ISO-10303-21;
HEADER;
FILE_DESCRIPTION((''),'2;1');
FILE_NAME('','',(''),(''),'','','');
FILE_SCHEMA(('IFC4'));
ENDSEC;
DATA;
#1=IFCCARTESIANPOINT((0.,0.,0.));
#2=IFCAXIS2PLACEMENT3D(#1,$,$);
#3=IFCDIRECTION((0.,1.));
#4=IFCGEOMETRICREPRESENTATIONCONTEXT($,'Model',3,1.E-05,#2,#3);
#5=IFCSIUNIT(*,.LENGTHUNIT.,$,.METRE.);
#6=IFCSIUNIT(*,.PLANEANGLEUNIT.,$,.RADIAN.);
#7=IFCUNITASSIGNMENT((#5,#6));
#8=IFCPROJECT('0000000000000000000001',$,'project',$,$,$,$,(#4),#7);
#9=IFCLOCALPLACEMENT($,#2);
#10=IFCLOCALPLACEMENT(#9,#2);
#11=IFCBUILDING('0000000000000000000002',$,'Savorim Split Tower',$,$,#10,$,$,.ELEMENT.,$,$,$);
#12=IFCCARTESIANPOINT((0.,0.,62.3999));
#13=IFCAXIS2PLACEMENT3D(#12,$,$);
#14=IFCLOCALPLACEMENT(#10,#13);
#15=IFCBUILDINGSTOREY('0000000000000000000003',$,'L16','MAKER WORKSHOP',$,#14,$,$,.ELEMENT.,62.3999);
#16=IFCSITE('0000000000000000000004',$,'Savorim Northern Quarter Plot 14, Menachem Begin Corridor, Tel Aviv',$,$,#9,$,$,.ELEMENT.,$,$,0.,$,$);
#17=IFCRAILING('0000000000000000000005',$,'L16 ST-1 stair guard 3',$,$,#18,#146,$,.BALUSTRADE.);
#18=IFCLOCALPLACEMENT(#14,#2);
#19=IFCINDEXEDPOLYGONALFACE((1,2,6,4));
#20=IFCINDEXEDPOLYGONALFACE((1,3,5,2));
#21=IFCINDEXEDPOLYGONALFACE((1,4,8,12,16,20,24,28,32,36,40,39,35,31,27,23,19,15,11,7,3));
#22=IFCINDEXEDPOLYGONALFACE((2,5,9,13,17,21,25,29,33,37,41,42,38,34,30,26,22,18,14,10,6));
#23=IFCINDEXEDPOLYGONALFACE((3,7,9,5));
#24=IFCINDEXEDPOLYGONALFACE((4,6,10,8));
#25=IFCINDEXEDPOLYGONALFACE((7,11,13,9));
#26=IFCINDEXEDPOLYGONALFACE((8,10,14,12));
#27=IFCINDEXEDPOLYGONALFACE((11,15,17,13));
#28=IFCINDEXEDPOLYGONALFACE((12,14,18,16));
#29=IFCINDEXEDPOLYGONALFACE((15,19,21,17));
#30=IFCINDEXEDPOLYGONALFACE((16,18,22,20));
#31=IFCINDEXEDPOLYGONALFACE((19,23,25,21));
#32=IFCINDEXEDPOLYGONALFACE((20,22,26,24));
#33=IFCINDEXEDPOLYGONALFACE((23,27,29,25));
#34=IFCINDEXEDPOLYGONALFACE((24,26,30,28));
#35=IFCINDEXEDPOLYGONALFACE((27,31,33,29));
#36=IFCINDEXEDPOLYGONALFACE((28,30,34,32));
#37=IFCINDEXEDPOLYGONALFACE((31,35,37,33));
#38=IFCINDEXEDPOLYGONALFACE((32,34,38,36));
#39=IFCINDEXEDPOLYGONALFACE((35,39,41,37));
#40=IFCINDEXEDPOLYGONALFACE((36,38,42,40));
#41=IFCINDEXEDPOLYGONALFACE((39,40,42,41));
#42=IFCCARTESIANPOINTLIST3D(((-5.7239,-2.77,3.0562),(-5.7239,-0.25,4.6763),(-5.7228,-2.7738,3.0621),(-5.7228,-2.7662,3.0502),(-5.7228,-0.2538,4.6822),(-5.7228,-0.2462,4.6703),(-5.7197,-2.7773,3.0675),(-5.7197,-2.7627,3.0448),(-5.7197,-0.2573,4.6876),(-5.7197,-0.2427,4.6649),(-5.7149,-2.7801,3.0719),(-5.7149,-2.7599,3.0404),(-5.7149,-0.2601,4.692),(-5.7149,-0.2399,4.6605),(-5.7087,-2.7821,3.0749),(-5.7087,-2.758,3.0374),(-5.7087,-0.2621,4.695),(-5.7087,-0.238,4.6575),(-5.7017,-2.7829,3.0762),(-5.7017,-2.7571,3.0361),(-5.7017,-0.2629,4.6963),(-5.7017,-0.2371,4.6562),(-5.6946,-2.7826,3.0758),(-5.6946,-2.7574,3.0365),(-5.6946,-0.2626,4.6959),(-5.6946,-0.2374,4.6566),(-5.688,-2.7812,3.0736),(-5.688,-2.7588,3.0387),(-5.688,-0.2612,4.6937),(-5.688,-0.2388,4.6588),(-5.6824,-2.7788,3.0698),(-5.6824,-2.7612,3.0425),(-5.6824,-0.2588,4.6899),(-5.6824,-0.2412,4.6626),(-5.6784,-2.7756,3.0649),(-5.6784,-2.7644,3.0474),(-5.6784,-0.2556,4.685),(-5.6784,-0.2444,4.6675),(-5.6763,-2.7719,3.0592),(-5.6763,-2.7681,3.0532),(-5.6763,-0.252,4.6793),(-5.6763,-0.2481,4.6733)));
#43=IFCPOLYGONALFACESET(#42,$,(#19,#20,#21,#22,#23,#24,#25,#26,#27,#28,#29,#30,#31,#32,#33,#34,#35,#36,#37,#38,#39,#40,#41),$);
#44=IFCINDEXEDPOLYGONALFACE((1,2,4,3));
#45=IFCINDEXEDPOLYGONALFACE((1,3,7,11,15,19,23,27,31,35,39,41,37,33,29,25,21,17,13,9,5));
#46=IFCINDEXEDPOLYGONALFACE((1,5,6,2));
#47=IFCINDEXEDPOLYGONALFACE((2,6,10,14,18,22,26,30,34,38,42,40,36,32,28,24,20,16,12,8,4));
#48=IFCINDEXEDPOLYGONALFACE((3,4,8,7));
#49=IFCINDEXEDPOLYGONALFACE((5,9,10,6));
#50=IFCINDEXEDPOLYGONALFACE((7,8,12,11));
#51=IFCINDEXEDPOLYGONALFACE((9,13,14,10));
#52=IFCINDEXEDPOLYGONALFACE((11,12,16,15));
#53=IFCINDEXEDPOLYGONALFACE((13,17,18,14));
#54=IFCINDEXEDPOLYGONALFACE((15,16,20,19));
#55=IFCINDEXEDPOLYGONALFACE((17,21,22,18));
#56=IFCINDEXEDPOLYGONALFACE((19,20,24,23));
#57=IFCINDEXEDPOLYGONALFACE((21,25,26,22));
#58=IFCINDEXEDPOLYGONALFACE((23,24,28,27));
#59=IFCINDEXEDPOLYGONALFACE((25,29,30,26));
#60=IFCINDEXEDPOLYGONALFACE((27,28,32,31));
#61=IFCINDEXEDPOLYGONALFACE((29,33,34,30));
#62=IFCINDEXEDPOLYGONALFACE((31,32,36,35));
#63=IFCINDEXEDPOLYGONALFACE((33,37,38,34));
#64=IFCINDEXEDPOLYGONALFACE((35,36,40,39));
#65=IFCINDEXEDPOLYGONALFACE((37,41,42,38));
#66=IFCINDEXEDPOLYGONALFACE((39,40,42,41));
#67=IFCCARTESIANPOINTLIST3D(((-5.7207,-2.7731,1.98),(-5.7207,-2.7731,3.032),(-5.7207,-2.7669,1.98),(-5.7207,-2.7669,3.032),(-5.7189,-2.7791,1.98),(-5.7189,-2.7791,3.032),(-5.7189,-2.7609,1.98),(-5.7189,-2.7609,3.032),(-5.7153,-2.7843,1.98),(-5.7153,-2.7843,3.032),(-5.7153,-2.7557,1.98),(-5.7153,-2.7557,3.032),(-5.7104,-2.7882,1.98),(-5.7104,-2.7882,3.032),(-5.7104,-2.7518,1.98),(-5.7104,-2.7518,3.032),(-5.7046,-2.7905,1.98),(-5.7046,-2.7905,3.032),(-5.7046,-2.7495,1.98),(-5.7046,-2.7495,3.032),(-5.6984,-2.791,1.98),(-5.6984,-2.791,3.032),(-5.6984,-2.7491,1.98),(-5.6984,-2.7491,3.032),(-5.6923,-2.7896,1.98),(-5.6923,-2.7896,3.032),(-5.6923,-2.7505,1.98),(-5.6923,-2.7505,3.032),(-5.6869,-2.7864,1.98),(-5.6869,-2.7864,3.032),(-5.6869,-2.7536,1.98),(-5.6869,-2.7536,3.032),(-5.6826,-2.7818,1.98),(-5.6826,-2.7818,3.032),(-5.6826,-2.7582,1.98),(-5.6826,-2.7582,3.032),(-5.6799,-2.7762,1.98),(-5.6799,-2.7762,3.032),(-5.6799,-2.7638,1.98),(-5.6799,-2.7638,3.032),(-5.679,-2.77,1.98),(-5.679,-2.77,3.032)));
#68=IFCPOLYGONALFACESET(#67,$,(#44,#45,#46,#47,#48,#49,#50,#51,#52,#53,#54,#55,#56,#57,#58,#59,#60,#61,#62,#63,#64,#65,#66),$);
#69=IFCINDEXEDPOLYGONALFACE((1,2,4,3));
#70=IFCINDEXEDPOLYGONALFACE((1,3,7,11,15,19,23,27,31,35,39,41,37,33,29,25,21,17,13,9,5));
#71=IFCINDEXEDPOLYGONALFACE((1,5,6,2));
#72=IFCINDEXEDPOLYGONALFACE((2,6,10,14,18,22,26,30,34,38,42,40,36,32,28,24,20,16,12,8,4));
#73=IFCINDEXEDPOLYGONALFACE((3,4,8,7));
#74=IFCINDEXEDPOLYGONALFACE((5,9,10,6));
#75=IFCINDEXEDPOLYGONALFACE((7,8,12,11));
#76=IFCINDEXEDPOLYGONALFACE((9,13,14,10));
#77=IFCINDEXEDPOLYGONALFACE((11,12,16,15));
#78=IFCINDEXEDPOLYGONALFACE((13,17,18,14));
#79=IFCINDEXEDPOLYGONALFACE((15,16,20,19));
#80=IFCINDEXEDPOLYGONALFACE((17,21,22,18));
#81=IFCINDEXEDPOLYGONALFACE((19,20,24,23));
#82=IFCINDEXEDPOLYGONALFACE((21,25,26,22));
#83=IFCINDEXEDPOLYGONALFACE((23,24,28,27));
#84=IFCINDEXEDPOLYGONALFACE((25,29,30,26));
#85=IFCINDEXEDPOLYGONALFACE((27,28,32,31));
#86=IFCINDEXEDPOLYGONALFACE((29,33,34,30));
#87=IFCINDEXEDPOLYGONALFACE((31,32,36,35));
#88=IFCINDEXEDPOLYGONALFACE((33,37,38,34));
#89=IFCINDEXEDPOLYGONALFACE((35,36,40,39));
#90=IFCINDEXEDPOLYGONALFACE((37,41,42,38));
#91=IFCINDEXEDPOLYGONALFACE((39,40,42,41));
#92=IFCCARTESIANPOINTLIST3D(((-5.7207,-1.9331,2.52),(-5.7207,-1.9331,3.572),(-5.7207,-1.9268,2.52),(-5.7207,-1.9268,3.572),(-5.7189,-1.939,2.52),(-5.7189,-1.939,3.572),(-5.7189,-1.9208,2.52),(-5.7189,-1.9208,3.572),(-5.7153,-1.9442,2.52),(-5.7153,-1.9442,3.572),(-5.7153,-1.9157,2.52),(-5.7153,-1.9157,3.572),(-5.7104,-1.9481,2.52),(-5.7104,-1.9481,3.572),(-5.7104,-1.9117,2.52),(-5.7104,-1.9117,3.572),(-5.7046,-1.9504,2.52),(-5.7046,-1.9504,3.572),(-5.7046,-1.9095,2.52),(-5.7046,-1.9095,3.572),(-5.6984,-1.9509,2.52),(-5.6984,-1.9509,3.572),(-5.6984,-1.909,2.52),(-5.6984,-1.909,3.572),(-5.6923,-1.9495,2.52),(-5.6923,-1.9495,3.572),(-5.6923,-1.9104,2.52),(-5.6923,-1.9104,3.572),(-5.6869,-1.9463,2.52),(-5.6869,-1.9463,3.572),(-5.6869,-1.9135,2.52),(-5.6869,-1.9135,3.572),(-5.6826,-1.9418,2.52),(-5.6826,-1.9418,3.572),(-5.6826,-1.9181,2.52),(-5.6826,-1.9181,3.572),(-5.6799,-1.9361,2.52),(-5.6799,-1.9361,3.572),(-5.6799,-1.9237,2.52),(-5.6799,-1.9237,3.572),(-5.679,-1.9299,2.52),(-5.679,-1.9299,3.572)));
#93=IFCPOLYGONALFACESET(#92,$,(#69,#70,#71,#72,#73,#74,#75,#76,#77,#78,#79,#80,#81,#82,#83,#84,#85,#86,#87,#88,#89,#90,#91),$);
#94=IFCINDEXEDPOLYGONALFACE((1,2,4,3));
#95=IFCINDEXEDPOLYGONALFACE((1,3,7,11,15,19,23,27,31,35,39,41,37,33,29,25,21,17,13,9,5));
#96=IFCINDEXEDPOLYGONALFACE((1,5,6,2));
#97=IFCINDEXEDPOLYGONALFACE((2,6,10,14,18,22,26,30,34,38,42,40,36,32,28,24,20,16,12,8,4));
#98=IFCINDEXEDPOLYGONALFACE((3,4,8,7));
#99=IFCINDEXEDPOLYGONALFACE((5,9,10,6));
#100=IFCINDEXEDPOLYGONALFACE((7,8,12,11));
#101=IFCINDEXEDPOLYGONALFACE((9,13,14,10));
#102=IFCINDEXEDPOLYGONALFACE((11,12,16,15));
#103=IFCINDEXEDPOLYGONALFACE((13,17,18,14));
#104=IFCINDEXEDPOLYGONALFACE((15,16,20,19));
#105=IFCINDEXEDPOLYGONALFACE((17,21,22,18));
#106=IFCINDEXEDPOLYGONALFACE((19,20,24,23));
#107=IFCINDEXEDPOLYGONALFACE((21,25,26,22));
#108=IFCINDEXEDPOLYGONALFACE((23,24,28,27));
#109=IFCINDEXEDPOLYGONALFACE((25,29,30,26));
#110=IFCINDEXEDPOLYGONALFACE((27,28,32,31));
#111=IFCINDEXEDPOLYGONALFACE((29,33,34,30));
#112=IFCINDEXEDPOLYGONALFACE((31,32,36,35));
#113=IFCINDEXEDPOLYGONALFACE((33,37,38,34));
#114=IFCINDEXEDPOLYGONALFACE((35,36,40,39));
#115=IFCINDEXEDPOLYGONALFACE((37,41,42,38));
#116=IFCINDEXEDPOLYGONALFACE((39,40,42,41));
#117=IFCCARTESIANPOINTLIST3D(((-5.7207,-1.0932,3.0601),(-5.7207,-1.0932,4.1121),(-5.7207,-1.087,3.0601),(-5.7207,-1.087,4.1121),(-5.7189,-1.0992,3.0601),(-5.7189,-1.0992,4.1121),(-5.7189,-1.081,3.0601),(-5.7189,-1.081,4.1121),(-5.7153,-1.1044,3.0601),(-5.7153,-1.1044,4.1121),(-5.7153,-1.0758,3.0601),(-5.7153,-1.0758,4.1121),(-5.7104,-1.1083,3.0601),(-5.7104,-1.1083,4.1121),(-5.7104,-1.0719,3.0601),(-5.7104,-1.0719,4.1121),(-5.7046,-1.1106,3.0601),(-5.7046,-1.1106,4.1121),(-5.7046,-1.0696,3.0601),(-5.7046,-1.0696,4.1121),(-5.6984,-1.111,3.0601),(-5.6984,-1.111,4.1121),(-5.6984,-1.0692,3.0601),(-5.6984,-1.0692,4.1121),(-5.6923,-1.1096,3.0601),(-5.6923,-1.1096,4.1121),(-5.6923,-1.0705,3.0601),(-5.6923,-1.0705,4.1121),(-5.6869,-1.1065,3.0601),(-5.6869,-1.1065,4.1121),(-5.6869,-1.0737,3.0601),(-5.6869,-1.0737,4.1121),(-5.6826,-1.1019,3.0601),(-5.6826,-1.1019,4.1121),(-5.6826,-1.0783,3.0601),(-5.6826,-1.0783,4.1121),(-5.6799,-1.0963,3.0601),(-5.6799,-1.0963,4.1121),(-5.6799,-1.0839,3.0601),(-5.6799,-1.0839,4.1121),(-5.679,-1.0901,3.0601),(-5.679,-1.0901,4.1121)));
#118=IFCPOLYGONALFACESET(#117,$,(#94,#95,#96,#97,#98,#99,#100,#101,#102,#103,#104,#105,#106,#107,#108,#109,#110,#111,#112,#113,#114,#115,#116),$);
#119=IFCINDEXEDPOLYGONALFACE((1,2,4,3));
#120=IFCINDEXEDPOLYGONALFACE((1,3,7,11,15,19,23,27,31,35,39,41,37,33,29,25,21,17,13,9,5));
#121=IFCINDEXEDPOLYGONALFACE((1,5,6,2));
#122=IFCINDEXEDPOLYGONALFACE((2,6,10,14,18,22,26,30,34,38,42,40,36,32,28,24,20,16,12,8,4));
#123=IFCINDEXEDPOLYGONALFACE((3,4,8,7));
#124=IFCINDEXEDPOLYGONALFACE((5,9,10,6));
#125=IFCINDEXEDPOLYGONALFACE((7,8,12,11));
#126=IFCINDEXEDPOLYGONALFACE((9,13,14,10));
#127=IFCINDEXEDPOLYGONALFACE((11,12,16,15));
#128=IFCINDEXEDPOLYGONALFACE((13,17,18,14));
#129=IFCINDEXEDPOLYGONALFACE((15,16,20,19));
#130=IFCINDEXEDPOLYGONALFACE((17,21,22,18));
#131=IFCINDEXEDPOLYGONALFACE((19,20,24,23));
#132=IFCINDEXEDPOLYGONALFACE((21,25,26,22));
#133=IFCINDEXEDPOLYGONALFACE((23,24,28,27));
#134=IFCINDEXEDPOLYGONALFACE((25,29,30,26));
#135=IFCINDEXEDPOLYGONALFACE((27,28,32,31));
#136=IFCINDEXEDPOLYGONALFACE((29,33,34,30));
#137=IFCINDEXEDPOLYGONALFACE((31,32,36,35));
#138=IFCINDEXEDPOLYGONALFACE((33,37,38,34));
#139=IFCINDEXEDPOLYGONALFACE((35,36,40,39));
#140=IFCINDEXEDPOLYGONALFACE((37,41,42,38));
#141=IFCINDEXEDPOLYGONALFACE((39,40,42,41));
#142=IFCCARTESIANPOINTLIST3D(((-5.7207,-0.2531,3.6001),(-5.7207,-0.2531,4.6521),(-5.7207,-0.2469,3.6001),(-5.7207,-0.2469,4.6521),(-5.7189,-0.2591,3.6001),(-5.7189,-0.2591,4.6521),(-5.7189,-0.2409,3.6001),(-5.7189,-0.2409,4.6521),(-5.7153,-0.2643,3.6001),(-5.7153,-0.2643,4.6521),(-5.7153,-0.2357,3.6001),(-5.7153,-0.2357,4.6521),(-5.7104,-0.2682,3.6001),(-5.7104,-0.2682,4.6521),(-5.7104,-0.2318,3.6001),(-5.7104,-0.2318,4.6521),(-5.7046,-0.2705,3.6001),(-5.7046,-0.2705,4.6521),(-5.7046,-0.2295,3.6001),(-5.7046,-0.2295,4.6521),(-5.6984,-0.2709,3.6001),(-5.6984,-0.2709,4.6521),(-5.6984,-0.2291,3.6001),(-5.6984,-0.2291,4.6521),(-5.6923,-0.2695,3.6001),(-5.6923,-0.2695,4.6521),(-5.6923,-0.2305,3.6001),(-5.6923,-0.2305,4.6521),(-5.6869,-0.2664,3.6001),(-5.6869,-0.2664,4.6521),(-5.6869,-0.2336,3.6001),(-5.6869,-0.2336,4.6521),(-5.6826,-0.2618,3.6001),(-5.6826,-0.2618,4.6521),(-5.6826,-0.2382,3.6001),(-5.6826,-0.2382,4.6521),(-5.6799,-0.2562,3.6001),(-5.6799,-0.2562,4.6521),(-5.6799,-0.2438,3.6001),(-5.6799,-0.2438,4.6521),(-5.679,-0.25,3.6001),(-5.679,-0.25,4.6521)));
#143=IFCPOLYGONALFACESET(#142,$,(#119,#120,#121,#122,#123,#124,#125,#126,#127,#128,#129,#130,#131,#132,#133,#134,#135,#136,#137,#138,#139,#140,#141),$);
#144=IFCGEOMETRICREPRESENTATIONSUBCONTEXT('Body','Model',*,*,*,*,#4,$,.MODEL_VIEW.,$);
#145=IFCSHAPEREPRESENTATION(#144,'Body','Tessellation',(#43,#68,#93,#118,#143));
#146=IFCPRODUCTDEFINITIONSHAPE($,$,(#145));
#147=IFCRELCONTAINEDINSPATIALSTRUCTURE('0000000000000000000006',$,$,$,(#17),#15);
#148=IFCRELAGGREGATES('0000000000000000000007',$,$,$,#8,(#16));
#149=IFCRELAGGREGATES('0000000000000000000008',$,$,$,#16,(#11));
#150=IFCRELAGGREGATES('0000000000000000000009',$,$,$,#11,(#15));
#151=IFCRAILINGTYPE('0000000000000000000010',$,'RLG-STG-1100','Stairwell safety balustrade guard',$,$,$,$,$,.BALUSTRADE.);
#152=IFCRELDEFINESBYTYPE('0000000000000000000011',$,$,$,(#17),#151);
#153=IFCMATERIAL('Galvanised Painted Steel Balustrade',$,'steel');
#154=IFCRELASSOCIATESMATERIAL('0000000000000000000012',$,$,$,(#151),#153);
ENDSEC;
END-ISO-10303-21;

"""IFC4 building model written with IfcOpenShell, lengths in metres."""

from ifc_helpers import new_model, si_unit, direction, frame, origin, origin_2d, place, context, subcontext, project, spatial, circle, extrude, material, type_object, element, save


model = new_model("IFC4")

# Units and contexts
model_context = context("Model", 3, precision=1e-05, world=origin(), true_north=direction((0.0, 1.0)))
body_context = subcontext(model_context, "Body", "Model", "MODEL_VIEW")
ifc_project = project(units=[si_unit("LENGTHUNIT", "METRE"), si_unit("PLANEANGLEUNIT", "RADIAN")], contexts=[model_context])

# Site, building, storey
site_placement = place(None, origin())
site = spatial("IfcSite", under=ifc_project, at=site_placement, Name="Savorim Northern Quarter Plot 14, Menachem Begin Corridor, Tel Aviv", CompositionType="ELEMENT", RefElevation=0.0)
building_placement = place(site_placement, origin())
building = spatial("IfcBuilding", under=site, at=building_placement, Name="Savorim Split Tower", CompositionType="ELEMENT")
storey_placement = place(building_placement, frame((0.0, 0.0, 62.3999)))
storey = spatial("IfcBuildingStorey", under=building, at=storey_placement, Name="L16", Description="MAKER WORKSHOP", CompositionType="ELEMENT", Elevation=62.3999)

# Railing
ifc_material_1 = material(Name="Galvanised Painted Steel Balustrade", Category="steel")
railing_type_1 = type_object("IfcRailingType", Name="RLG-STG-1100", Description="Stairwell safety balustrade guard", PredefinedType="BALUSTRADE", material=ifc_material_1)
railing_1_placement = place(storey_placement, frame((-5.7, -2.77, 1.98)))
element("IfcRailing", 1, at=railing_1_placement, inside=storey, type_object=railing_type_1, Name="L16 ST-1 stair guard 3", PredefinedType="BALUSTRADE", context=body_context, shape_type="SweptSolid", body=[
    extrude(circle(Radius=0.0239, at=origin_2d()), frame((0.0, 0.0, 1.0762), z_axis=(0.0, 0.841163, 0.540782), x_axis=(-1.0, 0.0, 0.0)), (0.0, 0.0, 1.0), 2.9958),
    extrude(circle(Radius=0.021, at=origin_2d()), origin(), (0.0, 0.0, 1.0), 1.052),
    extrude(circle(Radius=0.021, at=origin_2d()), frame((0.0, 0.8401, 0.54)), (0.0, 0.0, 1.0), 1.052),
    extrude(circle(Radius=0.021, at=origin_2d()), frame((0.0, 1.6799, 1.0801)), (0.0, 0.0, 1.0), 1.052),
    extrude(circle(Radius=0.021, at=origin_2d()), frame((0.0, 2.52, 1.6201)), (0.0, 0.0, 1.0), 1.052),
])

save(model, "model.ifc")
